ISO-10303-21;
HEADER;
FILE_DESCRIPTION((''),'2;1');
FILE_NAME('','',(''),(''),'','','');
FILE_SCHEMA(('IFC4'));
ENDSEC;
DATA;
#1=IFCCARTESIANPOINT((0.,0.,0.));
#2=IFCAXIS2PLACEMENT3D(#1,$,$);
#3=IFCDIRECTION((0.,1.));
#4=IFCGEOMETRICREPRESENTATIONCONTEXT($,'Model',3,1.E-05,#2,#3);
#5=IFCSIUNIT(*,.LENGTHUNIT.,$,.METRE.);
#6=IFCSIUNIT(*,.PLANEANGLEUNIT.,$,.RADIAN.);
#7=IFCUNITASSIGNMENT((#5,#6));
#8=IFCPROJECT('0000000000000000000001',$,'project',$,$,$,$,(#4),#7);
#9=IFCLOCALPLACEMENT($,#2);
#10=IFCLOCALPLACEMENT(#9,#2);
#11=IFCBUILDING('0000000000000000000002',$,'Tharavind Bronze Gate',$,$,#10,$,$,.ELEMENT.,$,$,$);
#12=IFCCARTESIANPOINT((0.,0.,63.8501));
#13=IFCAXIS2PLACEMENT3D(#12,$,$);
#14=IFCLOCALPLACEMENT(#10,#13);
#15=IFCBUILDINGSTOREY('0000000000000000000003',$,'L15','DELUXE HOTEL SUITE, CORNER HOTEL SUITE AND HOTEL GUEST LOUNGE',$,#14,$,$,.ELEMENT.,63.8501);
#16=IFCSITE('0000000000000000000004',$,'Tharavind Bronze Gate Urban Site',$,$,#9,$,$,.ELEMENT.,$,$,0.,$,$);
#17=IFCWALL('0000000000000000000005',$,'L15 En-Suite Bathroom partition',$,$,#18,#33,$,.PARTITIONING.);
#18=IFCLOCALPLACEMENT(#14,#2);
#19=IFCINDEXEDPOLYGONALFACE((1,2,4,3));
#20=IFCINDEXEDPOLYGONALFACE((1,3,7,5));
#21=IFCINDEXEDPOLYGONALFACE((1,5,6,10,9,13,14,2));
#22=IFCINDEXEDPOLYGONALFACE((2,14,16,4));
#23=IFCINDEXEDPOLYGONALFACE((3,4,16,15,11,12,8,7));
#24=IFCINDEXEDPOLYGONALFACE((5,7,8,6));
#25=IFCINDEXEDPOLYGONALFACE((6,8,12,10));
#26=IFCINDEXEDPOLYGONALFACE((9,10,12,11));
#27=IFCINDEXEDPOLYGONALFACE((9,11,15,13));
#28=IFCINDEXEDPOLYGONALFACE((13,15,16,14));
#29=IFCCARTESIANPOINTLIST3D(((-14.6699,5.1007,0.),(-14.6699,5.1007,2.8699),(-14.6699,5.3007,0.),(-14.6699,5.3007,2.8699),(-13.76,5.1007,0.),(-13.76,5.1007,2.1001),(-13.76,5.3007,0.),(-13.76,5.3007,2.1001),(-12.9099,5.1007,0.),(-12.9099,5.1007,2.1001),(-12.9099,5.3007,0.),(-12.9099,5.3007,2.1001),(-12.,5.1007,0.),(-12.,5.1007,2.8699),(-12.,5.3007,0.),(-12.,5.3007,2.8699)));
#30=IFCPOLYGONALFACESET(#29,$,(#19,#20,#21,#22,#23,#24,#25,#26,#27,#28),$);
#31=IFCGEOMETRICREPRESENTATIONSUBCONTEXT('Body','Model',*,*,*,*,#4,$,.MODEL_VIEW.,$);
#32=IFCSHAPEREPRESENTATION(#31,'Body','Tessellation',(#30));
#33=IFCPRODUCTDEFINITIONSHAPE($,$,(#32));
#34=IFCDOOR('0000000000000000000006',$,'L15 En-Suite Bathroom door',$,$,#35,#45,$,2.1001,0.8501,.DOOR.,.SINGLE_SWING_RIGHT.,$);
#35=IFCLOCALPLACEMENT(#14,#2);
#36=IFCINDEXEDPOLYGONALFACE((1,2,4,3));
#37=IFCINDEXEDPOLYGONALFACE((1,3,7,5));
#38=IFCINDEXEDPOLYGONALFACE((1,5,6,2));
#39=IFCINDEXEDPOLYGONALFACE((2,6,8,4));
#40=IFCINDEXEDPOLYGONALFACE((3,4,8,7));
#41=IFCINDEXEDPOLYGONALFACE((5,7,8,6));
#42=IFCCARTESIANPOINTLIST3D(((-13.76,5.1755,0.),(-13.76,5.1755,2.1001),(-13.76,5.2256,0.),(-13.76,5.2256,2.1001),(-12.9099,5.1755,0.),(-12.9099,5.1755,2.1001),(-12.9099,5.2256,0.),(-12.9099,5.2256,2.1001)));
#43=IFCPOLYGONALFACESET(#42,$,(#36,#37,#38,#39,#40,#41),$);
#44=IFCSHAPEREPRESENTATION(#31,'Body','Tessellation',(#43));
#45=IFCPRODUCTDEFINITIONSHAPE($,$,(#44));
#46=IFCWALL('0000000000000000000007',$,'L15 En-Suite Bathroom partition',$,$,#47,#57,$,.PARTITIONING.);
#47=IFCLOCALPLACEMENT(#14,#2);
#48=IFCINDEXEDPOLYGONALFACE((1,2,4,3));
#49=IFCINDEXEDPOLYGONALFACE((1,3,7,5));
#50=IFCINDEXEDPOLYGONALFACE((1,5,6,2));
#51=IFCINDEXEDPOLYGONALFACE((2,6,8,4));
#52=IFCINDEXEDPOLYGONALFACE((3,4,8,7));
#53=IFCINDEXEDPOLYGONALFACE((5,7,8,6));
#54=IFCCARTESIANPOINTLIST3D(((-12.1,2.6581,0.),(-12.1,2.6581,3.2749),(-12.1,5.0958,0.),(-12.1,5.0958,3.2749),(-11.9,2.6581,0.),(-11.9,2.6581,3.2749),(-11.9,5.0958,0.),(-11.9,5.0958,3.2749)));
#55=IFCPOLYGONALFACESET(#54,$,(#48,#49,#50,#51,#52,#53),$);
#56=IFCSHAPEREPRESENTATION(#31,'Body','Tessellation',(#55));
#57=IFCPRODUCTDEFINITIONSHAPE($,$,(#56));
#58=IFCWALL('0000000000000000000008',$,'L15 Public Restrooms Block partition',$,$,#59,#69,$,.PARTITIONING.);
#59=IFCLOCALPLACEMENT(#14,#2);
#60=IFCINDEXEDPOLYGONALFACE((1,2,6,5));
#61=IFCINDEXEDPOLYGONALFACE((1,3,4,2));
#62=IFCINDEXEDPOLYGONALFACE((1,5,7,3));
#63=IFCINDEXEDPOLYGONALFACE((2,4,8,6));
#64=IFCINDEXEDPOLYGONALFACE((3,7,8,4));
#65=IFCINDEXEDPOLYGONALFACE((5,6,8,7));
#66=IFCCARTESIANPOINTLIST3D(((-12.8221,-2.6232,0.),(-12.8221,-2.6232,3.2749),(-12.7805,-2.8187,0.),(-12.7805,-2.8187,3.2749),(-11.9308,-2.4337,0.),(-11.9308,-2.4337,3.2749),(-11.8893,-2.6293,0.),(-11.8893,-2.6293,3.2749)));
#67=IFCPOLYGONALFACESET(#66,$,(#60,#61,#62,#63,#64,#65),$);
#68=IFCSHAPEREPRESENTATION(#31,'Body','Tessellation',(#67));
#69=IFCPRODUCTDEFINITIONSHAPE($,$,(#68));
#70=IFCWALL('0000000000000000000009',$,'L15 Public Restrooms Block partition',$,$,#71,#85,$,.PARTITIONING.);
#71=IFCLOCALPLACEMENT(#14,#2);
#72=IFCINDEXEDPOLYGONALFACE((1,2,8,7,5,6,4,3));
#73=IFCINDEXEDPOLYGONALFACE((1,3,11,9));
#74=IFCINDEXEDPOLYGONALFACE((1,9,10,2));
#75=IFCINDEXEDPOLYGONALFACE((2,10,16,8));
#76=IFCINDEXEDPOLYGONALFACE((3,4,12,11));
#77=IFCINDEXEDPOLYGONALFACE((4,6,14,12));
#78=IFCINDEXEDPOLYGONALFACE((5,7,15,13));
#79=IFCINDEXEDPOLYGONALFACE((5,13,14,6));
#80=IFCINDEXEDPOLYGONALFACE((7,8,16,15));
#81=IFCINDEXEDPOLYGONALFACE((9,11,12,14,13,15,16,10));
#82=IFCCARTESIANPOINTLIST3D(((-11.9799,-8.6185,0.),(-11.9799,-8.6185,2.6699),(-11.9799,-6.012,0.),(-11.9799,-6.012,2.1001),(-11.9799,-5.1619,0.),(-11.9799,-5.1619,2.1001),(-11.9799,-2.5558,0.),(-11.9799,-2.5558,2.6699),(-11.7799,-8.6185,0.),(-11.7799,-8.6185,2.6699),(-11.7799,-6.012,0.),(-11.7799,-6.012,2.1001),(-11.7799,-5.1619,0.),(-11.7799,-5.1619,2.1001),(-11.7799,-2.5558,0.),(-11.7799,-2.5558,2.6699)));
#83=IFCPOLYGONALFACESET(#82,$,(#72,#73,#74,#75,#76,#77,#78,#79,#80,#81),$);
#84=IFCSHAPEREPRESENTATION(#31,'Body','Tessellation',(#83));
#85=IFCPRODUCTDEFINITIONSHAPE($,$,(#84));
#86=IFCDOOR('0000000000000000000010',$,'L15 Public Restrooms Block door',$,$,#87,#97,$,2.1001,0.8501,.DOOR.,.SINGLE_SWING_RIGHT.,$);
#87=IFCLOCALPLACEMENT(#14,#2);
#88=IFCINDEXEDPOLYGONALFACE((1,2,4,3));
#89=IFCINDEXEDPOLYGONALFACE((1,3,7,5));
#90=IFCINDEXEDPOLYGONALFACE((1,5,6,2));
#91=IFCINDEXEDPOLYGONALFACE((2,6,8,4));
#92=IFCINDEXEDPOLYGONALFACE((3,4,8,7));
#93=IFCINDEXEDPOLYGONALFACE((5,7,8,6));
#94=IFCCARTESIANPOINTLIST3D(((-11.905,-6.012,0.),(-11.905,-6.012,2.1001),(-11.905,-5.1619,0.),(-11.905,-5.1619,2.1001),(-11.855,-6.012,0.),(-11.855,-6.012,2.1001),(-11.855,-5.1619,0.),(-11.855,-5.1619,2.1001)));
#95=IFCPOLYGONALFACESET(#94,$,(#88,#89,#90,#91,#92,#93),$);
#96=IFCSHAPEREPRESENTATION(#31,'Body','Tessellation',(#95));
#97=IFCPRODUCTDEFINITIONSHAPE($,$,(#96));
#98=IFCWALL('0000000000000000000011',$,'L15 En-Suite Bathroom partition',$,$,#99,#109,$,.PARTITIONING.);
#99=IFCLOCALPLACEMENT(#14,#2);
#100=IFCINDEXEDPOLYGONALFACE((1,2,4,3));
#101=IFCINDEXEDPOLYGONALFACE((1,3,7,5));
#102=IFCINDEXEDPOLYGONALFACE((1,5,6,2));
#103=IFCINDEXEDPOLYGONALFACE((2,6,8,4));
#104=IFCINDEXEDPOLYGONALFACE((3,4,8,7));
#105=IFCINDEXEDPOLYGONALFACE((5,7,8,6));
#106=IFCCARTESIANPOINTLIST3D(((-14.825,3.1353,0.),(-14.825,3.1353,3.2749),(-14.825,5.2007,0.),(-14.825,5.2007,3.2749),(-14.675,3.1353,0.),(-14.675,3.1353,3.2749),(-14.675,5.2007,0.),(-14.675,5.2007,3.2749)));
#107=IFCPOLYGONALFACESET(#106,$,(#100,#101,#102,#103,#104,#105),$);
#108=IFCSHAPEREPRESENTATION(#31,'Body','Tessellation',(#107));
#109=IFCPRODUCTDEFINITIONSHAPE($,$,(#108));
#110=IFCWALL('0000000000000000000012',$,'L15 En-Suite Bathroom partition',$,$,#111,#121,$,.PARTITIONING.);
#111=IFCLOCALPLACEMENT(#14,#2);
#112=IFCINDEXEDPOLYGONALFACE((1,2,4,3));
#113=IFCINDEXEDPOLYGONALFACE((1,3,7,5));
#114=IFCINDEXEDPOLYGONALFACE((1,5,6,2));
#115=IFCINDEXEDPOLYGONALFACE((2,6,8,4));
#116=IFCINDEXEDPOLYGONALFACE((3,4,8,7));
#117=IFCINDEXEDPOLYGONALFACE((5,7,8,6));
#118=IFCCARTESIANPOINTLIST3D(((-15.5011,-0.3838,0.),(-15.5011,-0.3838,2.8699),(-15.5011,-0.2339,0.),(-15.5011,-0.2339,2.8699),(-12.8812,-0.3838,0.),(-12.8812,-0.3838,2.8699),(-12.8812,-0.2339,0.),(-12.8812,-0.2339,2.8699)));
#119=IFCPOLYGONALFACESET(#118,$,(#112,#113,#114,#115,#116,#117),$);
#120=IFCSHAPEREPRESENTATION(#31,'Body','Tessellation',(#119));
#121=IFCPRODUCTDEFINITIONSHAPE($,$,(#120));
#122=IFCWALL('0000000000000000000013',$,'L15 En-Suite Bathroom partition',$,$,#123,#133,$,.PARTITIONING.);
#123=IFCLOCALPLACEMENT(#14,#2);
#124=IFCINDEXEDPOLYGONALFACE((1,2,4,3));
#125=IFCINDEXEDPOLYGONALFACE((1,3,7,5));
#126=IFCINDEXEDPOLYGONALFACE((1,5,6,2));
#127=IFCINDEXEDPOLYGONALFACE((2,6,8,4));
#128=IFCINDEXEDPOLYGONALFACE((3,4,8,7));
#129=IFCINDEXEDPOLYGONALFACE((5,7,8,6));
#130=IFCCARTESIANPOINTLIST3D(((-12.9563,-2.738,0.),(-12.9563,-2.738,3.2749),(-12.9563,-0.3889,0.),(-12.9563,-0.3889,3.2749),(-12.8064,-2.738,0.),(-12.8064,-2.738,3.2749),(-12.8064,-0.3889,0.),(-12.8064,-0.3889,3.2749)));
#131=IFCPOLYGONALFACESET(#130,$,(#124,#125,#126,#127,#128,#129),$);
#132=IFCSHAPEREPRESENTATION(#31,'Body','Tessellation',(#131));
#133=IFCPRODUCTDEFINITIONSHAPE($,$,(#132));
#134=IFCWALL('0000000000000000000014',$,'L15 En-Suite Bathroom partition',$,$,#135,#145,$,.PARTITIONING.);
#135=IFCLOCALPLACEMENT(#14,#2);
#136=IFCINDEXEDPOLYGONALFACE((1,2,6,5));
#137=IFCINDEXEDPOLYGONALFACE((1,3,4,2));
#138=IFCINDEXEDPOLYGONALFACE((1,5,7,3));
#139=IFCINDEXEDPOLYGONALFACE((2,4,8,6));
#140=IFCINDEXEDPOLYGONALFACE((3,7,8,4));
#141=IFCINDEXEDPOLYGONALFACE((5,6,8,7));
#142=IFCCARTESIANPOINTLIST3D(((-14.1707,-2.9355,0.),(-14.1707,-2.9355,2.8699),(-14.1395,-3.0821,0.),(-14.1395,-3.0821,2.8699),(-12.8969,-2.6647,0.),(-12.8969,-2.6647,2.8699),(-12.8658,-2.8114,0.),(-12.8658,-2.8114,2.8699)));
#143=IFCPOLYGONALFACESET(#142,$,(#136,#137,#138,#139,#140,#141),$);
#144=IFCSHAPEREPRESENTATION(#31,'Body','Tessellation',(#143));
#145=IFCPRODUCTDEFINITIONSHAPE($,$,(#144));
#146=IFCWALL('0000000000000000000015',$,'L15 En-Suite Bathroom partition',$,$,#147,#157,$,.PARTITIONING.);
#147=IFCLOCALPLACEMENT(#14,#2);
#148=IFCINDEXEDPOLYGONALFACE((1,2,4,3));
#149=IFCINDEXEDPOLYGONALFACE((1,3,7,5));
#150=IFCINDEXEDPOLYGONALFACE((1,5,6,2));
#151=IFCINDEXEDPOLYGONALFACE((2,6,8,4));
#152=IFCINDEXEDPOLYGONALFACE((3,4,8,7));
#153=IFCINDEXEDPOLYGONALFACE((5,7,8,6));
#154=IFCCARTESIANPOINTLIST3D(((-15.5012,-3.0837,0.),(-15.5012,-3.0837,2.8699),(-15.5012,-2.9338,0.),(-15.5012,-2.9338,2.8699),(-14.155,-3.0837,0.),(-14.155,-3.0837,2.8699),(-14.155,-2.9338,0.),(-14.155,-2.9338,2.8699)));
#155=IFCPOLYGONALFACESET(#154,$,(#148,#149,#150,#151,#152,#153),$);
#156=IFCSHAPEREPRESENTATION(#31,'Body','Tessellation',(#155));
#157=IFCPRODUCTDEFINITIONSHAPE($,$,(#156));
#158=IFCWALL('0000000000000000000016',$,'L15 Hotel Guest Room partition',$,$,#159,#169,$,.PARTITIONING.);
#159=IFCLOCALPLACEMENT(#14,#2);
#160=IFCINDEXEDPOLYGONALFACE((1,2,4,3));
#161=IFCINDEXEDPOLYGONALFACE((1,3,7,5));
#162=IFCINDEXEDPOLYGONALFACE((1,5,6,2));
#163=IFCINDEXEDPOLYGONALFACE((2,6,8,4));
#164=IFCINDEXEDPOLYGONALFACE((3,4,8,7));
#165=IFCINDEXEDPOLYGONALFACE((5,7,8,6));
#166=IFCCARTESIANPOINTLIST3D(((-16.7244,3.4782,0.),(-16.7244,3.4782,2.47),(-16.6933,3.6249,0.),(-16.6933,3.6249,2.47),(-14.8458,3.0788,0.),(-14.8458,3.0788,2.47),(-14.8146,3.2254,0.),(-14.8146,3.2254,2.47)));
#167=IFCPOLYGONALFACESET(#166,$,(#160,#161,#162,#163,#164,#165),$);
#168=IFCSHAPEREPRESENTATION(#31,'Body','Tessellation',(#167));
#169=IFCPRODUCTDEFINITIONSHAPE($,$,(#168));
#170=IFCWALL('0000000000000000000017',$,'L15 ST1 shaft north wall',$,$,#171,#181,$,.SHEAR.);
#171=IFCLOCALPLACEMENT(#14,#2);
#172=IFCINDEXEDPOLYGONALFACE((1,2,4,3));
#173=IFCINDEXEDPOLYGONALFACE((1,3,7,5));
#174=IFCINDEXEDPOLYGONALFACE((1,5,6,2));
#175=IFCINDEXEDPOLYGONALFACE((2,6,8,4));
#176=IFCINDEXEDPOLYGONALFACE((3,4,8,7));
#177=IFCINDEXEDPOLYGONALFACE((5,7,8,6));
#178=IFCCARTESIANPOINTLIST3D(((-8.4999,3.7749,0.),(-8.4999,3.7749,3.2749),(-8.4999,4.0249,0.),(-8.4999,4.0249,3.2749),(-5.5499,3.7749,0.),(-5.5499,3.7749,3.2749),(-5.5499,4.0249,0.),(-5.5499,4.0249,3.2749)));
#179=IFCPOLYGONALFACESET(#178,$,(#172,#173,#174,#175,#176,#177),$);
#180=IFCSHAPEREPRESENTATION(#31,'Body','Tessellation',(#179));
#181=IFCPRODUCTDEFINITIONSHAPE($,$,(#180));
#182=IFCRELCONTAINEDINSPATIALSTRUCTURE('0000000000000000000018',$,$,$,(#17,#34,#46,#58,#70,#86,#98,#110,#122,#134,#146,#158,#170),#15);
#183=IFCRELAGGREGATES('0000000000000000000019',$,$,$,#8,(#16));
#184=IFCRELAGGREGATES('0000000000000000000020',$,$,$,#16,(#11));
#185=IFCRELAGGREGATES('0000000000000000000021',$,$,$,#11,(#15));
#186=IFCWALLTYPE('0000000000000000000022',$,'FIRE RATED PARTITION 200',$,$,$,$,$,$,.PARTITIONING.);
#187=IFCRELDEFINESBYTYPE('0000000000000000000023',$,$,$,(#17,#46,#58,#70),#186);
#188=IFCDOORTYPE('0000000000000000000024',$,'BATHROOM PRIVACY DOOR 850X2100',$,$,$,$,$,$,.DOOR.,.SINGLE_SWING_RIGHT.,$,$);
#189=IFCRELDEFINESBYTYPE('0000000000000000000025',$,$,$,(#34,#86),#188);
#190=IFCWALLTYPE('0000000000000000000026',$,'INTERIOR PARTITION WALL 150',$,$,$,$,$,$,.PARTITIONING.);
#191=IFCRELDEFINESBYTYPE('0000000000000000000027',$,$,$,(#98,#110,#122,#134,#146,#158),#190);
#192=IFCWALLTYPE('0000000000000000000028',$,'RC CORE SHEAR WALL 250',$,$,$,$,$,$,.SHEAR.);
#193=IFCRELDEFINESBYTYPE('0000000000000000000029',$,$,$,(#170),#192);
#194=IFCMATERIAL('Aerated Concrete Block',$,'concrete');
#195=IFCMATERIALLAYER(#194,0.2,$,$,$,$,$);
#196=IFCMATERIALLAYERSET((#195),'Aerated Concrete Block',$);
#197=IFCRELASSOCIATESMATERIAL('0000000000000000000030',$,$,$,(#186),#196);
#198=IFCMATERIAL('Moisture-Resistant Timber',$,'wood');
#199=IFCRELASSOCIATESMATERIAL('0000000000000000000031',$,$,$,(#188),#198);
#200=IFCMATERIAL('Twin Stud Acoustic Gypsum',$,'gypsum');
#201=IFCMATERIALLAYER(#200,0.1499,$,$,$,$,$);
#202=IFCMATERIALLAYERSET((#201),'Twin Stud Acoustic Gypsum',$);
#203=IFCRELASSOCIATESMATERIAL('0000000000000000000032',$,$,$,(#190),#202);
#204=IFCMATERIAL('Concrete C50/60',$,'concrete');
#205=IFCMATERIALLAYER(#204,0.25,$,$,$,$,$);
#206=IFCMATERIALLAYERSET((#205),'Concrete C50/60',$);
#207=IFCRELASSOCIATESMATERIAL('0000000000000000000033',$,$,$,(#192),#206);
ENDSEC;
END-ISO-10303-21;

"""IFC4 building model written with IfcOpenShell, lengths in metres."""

from ifc_helpers import new_model, si_unit, direction, frame, frame_2d, origin, place, context, subcontext, project, spatial, rectangle, extrude, material, layer, layer_set, type_object, element, fill, save


model = new_model("IFC4")

# Units and contexts
model_context = context("Model", 3, precision=1e-05, world=origin(), true_north=direction((0.0, 1.0)))
body_context = subcontext(model_context, "Body", "Model", "MODEL_VIEW")
ifc_project = project(units=[si_unit("LENGTHUNIT", "METRE"), si_unit("PLANEANGLEUNIT", "RADIAN")], contexts=[model_context])

# Site, building, storey
site_placement = place(None, origin())
site = spatial("IfcSite", under=ifc_project, at=site_placement, Name="Tharavind Bronze Gate Urban Site", CompositionType="ELEMENT", RefElevation=0.0)
building_placement = place(site_placement, origin())
building = spatial("IfcBuilding", under=site, at=building_placement, Name="Tharavind Bronze Gate", CompositionType="ELEMENT")
storey_placement = place(building_placement, frame((0.0, 0.0, 63.8501)))
storey = spatial("IfcBuildingStorey", under=building, at=storey_placement, Name="L15", Description="DELUXE HOTEL SUITE, CORNER HOTEL SUITE AND HOTEL GUEST LOUNGE", CompositionType="ELEMENT", Elevation=63.8501)

# Shared definitions
ifc_material_1 = material(Name="Aerated Concrete Block", Category="concrete")
ifc_layer_1 = layer(ifc_material_1, 0.2)
ifc_layer_set_1 = layer_set([ifc_layer_1], Name="Aerated Concrete Block")
wall_type_1 = type_object("IfcWallType", Name="FIRE RATED PARTITION 200", PredefinedType="PARTITIONING", material=ifc_layer_set_1)

# Wall, opening, door
wall_1_placement = place(storey_placement, frame((-14.6699, 5.2007, 0.0), z_axis=(0.0, 0.0, 1.0), x_axis=(1.0, 0.0, 0.0)))
wall_1 = element("IfcWall", 1, at=wall_1_placement, inside=storey, type_object=wall_type_1, Name="L15 En-Suite Bathroom partition", PredefinedType="PARTITIONING", context=body_context, shape_type="SweptSolid", body=[
    extrude(rectangle(XDim=2.6699, YDim=0.2, at=frame_2d((1.335, 0.0))), origin(), (0.0, 0.0, 1.0), 2.8699),
])
opening_1_placement = place(wall_1_placement, frame((0.9099, 0.0, 0.0)))
opening_1 = element("IfcOpeningElement", 2, at=opening_1_placement, cuts=wall_1, PredefinedType="OPENING", context=body_context, shape_type="SweptSolid", body=[
    extrude(rectangle(XDim=0.8501, YDim=2.1001, at=frame_2d((0.425, 1.05))), frame((0.0, 0.1101, 0.0), z_axis=(0.0, -1.0, 0.0), x_axis=(1.0, 0.0, 0.0)), (0.0, 0.0, 1.0), 0.22),
])
ifc_material_2 = material(Name="Moisture-Resistant Timber", Category="wood")
door_type_1 = type_object("IfcDoorType", Name="BATHROOM PRIVACY DOOR 850X2100", OperationType="SINGLE_SWING_RIGHT", PredefinedType="DOOR", material=ifc_material_2)
door_1_placement = place(opening_1_placement, origin())
door_1 = element("IfcDoor", 3, at=door_1_placement, inside=storey, type_object=door_type_1, Name="L15 En-Suite Bathroom door", OperationType="SINGLE_SWING_RIGHT", OverallHeight=2.1001, OverallWidth=0.8501, PredefinedType="DOOR", context=body_context, shape_type="SweptSolid", body=[
    extrude(rectangle(XDim=0.8501, YDim=2.1001, at=frame_2d((0.425, 1.05))), frame((0.0, 0.0249, 0.0), z_axis=(0.0, -1.0, 0.0), x_axis=(1.0, 0.0, 0.0)), (0.0, 0.0, 1.0), 0.05),
])
fill(opening_1, door_1)

# Walls
wall_2_placement = place(storey_placement, frame((-12.0, 5.0957, 0.0), z_axis=(0.0, 0.0, 1.0), x_axis=(0.0, -1.0, 0.0)))
element("IfcWall", 4, at=wall_2_placement, inside=storey, type_object=wall_type_1, Name="L15 En-Suite Bathroom partition", PredefinedType="PARTITIONING", context=body_context, shape_type="SweptSolid", body=[
    extrude(rectangle(XDim=2.4377, YDim=0.2, at=frame_2d((1.2188, 0.0))), origin(), (0.0, 0.0, 1.0), 3.2749),
])
wall_3_placement = place(storey_placement, frame((-12.8013, -2.7209, 0.0), z_axis=(0.0, 0.0, 1.0), x_axis=(0.978138, 0.207955, 0.0)))
element("IfcWall", 5, at=wall_3_placement, inside=storey, type_object=wall_type_1, Name="L15 Public Restrooms Block partition", PredefinedType="PARTITIONING", context=body_context, shape_type="SweptSolid", body=[
    extrude(rectangle(XDim=0.9111, YDim=0.2, at=frame_2d((0.4556, 0.0))), origin(), (0.0, 0.0, 1.0), 3.2749),
])

# Wall, opening, door
wall_4_placement = place(storey_placement, frame((-11.8799, -2.5559, 0.0), z_axis=(0.0, 0.0, 1.0), x_axis=(0.0, -1.0, 0.0)))
wall_4 = element("IfcWall", 6, at=wall_4_placement, inside=storey, type_object=wall_type_1, Name="L15 Public Restrooms Block partition", PredefinedType="PARTITIONING", context=body_context, shape_type="SweptSolid", body=[
    extrude(rectangle(XDim=6.0627, YDim=0.2, at=frame_2d((3.0312, 0.0))), origin(), (0.0, 0.0, 1.0), 2.6699),
])
opening_2_placement = place(wall_4_placement, frame((2.606, 0.0, 0.0)))
opening_2 = element("IfcOpeningElement", 7, at=opening_2_placement, cuts=wall_4, PredefinedType="OPENING", context=body_context, shape_type="SweptSolid", body=[
    extrude(rectangle(XDim=0.8501, YDim=2.1001, at=frame_2d((0.425, 1.05))), frame((0.0, 0.1101, 0.0), z_axis=(0.0, -1.0, 0.0), x_axis=(1.0, 0.0, 0.0)), (0.0, 0.0, 1.0), 0.22),
])
door_2_placement = place(opening_2_placement, origin())
door_2 = element("IfcDoor", 8, at=door_2_placement, inside=storey, type_object=door_type_1, Name="L15 Public Restrooms Block door", OperationType="SINGLE_SWING_RIGHT", OverallHeight=2.1001, OverallWidth=0.8501, PredefinedType="DOOR", context=body_context, shape_type="SweptSolid", body=[
    extrude(rectangle(XDim=0.8501, YDim=2.1001, at=frame_2d((0.425, 1.05))), frame((0.0, 0.0249, 0.0), z_axis=(0.0, -1.0, 0.0), x_axis=(1.0, 0.0, 0.0)), (0.0, 0.0, 1.0), 0.05),
])
fill(opening_2, door_2)

# Walls
ifc_material_3 = material(Name="Twin Stud Acoustic Gypsum", Category="gypsum")
ifc_layer_2 = layer(ifc_material_3, 0.1499)
ifc_layer_set_2 = layer_set([ifc_layer_2], Name="Twin Stud Acoustic Gypsum")
wall_type_2 = type_object("IfcWallType", Name="INTERIOR PARTITION WALL 150", PredefinedType="PARTITIONING", material=ifc_layer_set_2)
wall_5_placement = place(storey_placement, frame((-14.75, 3.1353, 0.0), z_axis=(0.0, 0.0, 1.0), x_axis=(0.0, 1.0, 0.0)))
element("IfcWall", 9, at=wall_5_placement, inside=storey, type_object=wall_type_2, Name="L15 En-Suite Bathroom partition", PredefinedType="PARTITIONING", context=body_context, shape_type="SweptSolid", body=[
    extrude(rectangle(XDim=2.0654, YDim=0.1499, at=frame_2d((1.0327, 0.0))), origin(), (0.0, 0.0, 1.0), 3.2749),
])
wall_6_placement = place(storey_placement, frame((-15.5012, -0.3088, 0.0), z_axis=(0.0, 0.0, 1.0), x_axis=(1.0, 0.0, 0.0)))
element("IfcWall", 10, at=wall_6_placement, inside=storey, type_object=wall_type_2, Name="L15 En-Suite Bathroom partition", PredefinedType="PARTITIONING", context=body_context, shape_type="SweptSolid", body=[
    extrude(rectangle(XDim=2.6199, YDim=0.1499, at=frame_2d((1.3101, 0.0))), origin(), (0.0, 0.0, 1.0), 2.8699),
])
wall_7_placement = place(storey_placement, frame((-12.8813, -0.3889, 0.0), z_axis=(0.0, 0.0, 1.0), x_axis=(0.0, -1.0, 0.0)))
element("IfcWall", 11, at=wall_7_placement, inside=storey, type_object=wall_type_2, Name="L15 En-Suite Bathroom partition", PredefinedType="PARTITIONING", context=body_context, shape_type="SweptSolid", body=[
    extrude(rectangle(XDim=2.3491, YDim=0.1499, at=frame_2d((1.1746, 0.0))), origin(), (0.0, 0.0, 1.0), 3.2749),
])
wall_8_placement = place(storey_placement, frame((-12.8813, -2.738, 0.0), z_axis=(0.0, 0.0, 1.0), x_axis=(-0.978144, -0.207928, 0.0)))
element("IfcWall", 12, at=wall_8_placement, inside=storey, type_object=wall_type_2, Name="L15 En-Suite Bathroom partition", PredefinedType="PARTITIONING", context=body_context, shape_type="SweptSolid", body=[
    extrude(rectangle(XDim=1.3022, YDim=0.1499, at=frame_2d((0.6511, 0.0))), origin(), (0.0, 0.0, 1.0), 2.8699),
])
wall_9_placement = place(storey_placement, frame((-14.155, -3.0088, 0.0), z_axis=(0.0, 0.0, 1.0), x_axis=(-1.0, 0.0, 0.0)))
element("IfcWall", 13, at=wall_9_placement, inside=storey, type_object=wall_type_2, Name="L15 En-Suite Bathroom partition", PredefinedType="PARTITIONING", context=body_context, shape_type="SweptSolid", body=[
    extrude(rectangle(XDim=1.3462, YDim=0.1499, at=frame_2d((0.6731, 0.0))), origin(), (0.0, 0.0, 1.0), 2.8699),
])
wall_10_placement = place(storey_placement, frame((-14.8301, 3.1521, 0.0), z_axis=(0.0, 0.0, 1.0), x_axis=(-0.978138, 0.207958, 0.0)))
element("IfcWall", 14, at=wall_10_placement, inside=storey, type_object=wall_type_2, Name="L15 Hotel Guest Room partition", PredefinedType="PARTITIONING", context=body_context, shape_type="SweptSolid", body=[
    extrude(rectangle(XDim=1.9207, YDim=0.1499, at=frame_2d((0.9604, 0.0))), origin(), (0.0, 0.0, 1.0), 2.47),
])
ifc_material_4 = material(Name="Concrete C50/60", Category="concrete")
ifc_layer_3 = layer(ifc_material_4, 0.25)
ifc_layer_set_3 = layer_set([ifc_layer_3], Name="Concrete C50/60")
wall_type_3 = type_object("IfcWallType", Name="RC CORE SHEAR WALL 250", PredefinedType="SHEAR", material=ifc_layer_set_3)
wall_11_placement = place(storey_placement, frame((-8.5, 3.8999, 0.0), z_axis=(0.0, 0.0, 1.0), x_axis=(1.0, 0.0, 0.0)))
element("IfcWall", 15, at=wall_11_placement, inside=storey, type_object=wall_type_3, Name="L15 ST1 shaft north wall", PredefinedType="SHEAR", context=body_context, shape_type="SweptSolid", body=[
    extrude(rectangle(XDim=2.95, YDim=0.25, at=frame_2d((1.4751, 0.0))), origin(), (0.0, 0.0, 1.0), 3.2749),
])

save(model, "model.ifc")
